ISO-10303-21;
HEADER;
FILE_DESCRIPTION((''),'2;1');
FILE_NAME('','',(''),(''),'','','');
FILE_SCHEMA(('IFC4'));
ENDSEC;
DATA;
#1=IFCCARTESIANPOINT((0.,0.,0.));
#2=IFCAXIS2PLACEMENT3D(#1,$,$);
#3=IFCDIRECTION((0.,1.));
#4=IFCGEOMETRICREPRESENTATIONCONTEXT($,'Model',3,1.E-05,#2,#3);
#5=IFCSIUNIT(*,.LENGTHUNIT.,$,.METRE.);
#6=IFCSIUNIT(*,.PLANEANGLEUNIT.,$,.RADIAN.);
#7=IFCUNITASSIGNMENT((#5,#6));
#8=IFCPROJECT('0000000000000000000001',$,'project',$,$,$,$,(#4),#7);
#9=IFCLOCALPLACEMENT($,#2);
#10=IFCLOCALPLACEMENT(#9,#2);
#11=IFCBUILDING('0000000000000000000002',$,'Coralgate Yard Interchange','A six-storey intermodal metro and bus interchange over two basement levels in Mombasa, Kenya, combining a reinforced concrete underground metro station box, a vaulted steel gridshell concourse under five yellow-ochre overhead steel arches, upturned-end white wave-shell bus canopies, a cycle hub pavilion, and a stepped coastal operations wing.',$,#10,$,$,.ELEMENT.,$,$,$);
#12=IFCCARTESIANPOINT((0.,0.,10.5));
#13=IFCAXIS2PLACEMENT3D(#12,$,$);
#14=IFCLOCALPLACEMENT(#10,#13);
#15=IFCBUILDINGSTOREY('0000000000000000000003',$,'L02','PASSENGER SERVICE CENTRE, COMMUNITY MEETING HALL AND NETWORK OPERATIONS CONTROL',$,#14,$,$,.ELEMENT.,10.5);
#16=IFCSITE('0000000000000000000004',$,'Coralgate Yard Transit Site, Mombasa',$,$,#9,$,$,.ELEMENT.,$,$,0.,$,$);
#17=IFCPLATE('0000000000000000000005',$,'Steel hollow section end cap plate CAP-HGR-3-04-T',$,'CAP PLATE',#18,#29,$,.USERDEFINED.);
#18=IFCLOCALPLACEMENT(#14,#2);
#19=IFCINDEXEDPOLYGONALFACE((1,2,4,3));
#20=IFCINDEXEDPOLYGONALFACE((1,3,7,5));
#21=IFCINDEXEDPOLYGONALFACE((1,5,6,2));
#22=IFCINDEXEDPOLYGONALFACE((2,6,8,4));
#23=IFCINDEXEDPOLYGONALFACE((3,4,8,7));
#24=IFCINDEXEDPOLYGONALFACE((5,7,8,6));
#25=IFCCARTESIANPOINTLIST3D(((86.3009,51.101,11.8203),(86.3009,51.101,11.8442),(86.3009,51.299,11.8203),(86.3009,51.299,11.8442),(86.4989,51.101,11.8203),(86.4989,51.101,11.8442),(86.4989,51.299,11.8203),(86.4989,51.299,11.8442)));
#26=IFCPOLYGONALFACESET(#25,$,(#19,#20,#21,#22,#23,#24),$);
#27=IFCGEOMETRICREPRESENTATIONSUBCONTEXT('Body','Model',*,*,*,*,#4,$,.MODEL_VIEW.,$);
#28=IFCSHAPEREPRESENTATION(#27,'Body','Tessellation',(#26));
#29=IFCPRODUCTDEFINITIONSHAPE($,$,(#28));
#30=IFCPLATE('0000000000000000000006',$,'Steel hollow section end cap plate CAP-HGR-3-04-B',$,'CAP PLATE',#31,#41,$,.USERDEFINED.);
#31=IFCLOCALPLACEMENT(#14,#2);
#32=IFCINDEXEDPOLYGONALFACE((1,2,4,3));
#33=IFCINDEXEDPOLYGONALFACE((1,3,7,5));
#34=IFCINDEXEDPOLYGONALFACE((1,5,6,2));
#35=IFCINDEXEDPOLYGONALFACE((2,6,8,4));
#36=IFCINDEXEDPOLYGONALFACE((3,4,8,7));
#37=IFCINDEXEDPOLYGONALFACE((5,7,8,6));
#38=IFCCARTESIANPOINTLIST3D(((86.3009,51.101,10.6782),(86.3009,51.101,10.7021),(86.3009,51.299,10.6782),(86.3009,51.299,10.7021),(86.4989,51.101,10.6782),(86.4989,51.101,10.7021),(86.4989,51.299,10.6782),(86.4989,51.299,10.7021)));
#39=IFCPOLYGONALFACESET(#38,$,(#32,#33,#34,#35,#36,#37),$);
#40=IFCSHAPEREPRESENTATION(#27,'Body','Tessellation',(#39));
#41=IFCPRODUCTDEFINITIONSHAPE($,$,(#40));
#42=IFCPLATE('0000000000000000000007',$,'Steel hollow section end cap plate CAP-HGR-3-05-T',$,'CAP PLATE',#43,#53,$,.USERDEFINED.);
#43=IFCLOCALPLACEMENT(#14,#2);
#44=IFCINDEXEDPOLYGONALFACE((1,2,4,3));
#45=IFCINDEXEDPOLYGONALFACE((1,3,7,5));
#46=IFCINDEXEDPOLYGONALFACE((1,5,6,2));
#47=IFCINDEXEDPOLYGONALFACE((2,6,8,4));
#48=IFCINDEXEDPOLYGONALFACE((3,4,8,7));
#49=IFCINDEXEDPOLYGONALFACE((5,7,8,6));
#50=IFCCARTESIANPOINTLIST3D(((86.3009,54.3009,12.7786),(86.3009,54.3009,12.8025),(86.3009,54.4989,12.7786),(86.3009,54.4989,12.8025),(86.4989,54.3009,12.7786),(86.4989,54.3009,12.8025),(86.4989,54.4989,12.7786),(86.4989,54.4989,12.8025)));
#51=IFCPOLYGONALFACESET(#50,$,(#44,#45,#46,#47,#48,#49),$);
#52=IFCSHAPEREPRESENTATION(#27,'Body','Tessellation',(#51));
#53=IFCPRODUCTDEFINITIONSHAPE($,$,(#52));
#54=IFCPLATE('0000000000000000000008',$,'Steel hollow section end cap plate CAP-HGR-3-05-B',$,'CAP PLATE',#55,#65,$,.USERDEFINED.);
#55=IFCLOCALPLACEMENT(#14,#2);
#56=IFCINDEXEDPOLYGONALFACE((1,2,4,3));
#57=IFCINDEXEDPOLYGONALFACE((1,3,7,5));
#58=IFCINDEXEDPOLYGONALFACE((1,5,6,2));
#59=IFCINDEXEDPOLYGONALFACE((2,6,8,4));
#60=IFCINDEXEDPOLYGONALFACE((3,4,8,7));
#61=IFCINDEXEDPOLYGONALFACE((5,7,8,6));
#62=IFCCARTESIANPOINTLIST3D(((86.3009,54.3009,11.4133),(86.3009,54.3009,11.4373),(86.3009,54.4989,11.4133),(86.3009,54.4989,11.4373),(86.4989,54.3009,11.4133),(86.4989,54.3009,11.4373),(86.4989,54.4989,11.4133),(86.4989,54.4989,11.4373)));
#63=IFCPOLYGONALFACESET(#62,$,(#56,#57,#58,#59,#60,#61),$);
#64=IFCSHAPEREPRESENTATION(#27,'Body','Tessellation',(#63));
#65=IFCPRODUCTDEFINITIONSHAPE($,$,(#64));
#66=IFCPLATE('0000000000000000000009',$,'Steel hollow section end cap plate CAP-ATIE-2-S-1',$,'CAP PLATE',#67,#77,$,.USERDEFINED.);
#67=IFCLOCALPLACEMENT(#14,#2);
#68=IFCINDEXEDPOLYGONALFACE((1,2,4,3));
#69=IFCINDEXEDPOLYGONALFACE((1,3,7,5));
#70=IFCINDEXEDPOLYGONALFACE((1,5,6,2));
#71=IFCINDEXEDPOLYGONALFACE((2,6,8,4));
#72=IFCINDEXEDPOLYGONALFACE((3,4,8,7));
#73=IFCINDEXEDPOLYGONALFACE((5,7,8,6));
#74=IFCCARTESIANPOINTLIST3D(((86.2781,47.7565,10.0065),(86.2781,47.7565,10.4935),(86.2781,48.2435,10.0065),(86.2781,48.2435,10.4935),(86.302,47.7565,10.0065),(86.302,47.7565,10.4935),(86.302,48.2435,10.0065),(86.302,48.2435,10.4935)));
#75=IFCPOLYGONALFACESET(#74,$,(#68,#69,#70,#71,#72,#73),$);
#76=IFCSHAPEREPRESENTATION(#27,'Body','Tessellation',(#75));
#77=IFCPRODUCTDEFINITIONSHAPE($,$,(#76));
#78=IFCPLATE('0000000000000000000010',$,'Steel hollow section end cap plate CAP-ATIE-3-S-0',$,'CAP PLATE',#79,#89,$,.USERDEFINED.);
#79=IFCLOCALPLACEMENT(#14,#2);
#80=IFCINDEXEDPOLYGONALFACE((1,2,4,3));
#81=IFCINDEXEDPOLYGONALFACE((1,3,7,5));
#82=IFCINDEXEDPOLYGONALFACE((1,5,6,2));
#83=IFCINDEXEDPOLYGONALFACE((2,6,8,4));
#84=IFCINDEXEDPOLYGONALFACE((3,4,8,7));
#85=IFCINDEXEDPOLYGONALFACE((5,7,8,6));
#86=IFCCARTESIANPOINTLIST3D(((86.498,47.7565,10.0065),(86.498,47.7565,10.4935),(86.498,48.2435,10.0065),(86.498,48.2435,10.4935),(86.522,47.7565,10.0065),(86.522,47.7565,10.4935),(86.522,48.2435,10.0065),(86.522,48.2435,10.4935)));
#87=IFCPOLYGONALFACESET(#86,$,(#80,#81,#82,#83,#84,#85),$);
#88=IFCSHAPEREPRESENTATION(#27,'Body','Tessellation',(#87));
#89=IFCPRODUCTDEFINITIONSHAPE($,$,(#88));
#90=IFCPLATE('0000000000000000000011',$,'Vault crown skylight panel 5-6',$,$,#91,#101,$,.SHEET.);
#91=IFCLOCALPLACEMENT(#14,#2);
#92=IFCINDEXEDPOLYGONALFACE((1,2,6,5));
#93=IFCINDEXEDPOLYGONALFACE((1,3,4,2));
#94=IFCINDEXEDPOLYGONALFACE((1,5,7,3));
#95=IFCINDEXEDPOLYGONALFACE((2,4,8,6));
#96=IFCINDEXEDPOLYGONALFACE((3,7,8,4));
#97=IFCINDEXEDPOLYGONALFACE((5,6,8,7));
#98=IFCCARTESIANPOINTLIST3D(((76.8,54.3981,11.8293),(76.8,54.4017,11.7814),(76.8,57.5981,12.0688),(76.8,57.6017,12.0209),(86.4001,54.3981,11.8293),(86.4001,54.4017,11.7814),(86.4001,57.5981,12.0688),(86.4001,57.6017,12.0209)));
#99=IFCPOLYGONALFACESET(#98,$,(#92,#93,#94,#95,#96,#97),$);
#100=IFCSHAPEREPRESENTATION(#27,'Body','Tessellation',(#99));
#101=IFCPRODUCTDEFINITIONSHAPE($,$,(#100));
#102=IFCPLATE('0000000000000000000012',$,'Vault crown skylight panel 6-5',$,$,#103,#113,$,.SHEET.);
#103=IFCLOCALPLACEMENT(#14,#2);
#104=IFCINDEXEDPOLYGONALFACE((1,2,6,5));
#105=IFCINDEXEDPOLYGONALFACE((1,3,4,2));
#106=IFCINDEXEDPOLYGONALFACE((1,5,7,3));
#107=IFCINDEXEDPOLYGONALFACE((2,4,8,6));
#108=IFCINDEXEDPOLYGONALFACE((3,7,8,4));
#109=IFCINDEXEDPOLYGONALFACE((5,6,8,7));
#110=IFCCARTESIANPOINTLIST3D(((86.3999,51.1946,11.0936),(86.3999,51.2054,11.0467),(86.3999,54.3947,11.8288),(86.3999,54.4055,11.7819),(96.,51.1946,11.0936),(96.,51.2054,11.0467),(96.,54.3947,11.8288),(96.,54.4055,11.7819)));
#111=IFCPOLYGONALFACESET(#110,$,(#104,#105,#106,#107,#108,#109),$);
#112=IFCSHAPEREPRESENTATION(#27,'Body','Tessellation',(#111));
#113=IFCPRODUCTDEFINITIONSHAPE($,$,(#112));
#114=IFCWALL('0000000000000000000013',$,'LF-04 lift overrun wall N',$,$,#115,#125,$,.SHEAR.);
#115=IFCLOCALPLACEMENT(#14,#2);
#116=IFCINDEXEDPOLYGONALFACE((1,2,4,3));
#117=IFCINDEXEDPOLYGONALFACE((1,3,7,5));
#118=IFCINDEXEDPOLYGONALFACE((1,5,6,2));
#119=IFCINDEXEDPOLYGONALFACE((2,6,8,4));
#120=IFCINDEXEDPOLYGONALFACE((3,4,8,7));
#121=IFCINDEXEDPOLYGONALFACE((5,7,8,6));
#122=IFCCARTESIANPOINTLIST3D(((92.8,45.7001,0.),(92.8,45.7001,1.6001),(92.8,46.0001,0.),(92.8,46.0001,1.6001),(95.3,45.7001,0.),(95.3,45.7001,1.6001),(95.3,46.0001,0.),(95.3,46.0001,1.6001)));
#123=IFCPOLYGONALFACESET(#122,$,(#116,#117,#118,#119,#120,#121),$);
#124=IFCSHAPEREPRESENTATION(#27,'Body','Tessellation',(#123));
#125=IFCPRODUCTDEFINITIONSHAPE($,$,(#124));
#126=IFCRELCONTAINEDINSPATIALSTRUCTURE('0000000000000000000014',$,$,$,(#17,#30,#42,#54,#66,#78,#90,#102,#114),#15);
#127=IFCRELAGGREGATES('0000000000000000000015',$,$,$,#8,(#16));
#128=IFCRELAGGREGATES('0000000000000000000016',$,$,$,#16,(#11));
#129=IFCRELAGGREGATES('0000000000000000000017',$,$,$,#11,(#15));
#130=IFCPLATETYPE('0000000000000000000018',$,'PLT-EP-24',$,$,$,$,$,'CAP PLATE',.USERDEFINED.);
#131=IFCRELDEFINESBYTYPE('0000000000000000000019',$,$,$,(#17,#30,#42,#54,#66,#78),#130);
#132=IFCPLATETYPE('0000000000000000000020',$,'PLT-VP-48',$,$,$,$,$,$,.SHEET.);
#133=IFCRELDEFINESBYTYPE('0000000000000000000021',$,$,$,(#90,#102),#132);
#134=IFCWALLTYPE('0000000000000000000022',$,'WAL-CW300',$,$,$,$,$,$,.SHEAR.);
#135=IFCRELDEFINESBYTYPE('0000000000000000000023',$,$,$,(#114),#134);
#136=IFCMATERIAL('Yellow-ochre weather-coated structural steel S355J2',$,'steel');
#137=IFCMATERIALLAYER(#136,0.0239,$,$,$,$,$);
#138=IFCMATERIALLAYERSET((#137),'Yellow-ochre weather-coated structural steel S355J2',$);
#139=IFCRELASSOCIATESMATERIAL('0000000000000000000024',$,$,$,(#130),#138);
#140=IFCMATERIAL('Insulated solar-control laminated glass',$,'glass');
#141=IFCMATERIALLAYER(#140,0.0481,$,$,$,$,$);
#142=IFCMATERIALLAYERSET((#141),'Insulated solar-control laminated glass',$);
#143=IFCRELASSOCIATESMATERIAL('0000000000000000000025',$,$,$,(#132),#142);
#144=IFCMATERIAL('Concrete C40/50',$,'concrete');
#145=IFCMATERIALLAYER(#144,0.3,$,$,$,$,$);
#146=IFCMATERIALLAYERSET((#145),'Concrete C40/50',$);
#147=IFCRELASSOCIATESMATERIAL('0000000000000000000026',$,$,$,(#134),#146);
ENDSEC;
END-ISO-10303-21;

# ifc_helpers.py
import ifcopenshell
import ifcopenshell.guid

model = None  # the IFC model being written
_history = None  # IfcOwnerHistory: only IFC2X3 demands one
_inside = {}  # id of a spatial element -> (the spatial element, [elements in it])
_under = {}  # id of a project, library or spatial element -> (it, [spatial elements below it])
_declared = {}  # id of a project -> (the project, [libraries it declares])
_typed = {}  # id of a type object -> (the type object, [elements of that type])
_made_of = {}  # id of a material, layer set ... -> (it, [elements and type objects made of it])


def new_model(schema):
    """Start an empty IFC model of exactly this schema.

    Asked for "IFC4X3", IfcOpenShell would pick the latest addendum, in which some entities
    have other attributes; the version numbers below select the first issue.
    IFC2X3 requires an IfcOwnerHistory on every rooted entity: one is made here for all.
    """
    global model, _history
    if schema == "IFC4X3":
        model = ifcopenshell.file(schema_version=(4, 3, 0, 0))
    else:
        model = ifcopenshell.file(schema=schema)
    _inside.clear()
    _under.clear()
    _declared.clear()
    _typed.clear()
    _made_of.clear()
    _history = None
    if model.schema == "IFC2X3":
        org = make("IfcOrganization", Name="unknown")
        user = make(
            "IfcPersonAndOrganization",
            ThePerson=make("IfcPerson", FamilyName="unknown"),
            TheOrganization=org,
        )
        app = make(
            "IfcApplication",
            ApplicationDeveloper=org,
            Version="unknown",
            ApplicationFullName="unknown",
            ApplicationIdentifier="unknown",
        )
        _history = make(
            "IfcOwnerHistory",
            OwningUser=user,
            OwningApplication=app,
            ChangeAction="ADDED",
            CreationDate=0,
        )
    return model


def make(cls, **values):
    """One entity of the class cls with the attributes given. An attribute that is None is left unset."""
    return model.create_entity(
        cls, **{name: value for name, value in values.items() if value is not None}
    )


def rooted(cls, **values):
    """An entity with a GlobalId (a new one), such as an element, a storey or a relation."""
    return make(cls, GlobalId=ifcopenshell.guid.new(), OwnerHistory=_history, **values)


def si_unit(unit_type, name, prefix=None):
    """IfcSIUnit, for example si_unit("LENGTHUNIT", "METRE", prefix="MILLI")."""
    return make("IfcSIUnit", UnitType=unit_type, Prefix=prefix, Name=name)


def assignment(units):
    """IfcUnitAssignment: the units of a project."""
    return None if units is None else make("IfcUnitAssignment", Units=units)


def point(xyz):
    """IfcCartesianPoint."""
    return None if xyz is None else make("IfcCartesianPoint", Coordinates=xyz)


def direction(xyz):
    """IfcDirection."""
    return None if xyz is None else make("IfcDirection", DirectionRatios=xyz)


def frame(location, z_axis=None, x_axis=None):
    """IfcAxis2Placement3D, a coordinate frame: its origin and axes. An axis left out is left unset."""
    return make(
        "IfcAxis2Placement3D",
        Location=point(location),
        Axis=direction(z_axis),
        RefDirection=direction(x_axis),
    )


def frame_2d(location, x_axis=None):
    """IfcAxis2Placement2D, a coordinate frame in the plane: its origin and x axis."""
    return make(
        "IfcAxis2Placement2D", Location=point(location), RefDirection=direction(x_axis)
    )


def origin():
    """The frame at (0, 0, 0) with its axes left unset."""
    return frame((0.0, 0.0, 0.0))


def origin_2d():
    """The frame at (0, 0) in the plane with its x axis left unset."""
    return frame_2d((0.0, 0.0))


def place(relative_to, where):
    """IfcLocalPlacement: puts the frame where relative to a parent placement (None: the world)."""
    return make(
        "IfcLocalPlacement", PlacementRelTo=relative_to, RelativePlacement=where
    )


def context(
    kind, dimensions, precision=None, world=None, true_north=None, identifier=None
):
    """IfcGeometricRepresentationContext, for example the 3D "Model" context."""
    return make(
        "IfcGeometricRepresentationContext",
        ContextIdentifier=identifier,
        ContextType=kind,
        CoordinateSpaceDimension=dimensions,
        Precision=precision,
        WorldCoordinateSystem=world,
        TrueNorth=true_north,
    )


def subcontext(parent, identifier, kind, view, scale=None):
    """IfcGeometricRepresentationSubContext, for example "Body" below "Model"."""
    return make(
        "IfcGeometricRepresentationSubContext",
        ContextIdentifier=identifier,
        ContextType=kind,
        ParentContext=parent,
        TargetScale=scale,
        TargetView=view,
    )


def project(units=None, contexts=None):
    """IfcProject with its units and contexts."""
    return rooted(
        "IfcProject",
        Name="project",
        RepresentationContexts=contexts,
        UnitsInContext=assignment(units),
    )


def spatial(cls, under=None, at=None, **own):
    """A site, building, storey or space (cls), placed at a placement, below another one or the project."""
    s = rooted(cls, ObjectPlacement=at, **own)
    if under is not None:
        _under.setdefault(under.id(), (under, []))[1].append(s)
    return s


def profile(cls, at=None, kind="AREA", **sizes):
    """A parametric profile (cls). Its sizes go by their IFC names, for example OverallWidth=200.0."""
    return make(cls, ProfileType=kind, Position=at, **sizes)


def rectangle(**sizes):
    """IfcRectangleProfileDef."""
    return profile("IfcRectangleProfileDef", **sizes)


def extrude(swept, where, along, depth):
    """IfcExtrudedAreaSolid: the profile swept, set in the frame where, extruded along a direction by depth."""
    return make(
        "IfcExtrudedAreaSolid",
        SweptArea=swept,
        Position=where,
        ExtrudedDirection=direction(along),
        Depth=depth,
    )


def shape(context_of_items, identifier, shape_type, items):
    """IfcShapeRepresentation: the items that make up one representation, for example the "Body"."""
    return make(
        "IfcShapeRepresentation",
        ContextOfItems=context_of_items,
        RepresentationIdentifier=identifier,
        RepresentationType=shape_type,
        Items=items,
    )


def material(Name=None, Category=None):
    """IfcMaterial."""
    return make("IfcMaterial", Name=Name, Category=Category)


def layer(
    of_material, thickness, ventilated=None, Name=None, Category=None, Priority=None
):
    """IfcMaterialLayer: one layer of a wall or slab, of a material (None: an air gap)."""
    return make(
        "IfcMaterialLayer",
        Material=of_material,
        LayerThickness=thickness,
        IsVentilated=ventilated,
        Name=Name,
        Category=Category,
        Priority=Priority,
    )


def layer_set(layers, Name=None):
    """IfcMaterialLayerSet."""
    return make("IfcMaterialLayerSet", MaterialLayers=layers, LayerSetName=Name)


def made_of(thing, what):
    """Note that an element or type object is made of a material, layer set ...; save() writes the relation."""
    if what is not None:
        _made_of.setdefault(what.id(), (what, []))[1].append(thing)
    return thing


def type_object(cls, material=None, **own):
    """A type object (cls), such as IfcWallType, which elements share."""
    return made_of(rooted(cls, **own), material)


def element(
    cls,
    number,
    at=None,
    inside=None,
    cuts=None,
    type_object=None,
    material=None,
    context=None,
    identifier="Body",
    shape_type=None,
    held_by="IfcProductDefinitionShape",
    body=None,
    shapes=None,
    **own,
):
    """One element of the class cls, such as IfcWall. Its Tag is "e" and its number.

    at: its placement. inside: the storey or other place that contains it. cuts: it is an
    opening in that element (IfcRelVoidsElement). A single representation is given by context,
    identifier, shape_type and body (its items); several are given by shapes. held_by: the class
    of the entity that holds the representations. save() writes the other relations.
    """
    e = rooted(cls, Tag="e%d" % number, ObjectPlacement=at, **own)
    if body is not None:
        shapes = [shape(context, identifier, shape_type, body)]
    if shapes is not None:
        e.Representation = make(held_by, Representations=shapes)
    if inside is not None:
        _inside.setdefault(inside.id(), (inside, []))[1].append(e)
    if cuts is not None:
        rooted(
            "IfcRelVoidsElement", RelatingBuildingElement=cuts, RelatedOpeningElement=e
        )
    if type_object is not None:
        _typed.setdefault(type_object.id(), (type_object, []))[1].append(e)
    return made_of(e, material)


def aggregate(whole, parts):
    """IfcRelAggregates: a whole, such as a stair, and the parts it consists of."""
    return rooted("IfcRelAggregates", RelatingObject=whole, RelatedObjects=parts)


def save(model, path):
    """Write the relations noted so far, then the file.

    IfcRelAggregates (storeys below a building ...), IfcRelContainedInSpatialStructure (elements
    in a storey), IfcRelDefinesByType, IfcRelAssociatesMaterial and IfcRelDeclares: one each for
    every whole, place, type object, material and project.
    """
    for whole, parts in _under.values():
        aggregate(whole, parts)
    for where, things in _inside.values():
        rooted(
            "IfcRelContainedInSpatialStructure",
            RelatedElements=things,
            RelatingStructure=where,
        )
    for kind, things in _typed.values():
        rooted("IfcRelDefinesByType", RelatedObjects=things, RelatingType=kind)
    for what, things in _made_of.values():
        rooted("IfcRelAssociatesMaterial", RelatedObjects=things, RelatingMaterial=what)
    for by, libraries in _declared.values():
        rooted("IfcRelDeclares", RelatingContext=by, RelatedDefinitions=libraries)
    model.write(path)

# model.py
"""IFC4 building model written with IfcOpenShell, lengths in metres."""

from ifc_helpers import new_model, si_unit, direction, frame, frame_2d, origin, origin_2d, place, context, subcontext, project, spatial, rectangle, extrude, material, layer, layer_set, type_object, element, save


model = new_model("IFC4")

# Units and contexts
model_context = context("Model", 3, precision=1e-05, world=origin(), true_north=direction((0.0, 1.0)))
body_context = subcontext(model_context, "Body", "Model", "MODEL_VIEW")
ifc_project = project(units=[si_unit("LENGTHUNIT", "METRE"), si_unit("PLANEANGLEUNIT", "RADIAN")], contexts=[model_context])

# Site, building, storey
site_placement = place(None, origin())
site = spatial("IfcSite", under=ifc_project, at=site_placement, Name="Coralgate Yard Transit Site, Mombasa", CompositionType="ELEMENT", RefElevation=0.0)
building_placement = place(site_placement, origin())
building = spatial("IfcBuilding", under=site, at=building_placement, Name="Coralgate Yard Interchange", Description="A six-storey intermodal metro and bus interchange over two basement levels in Mombasa, Kenya, combining a reinforced concrete underground metro station box, a vaulted steel gridshell concourse under five yellow-ochre overhead steel arches, upturned-end white wave-shell bus canopies, a cycle hub pavilion, and a stepped coastal operations wing.", CompositionType="ELEMENT")
storey_placement = place(building_placement, frame((0.0, 0.0, 10.5)))
storey = spatial("IfcBuildingStorey", under=building, at=storey_placement, Name="L02", Description="PASSENGER SERVICE CENTRE, COMMUNITY MEETING HALL AND NETWORK OPERATIONS CONTROL", CompositionType="ELEMENT", Elevation=10.5)

# Shared definitions
ifc_material_1 = material(Name="Yellow-ochre weather-coated structural steel S355J2", Category="steel")

# Plates
ifc_layer_1 = layer(ifc_material_1, 0.0239)
ifc_layer_set_1 = layer_set([ifc_layer_1], Name="Yellow-ochre weather-coated structural steel S355J2")
plate_type_1 = type_object("IfcPlateType", Name="PLT-EP-24", ElementType="CAP PLATE", PredefinedType="USERDEFINED", material=ifc_layer_set_1)
for number, where, z_axis, x_axis, name in (
    (1, (86.3999, 51.2, 11.8203), (0.0, 0.0, 1.0), (1.0, 0.0, 0.0), "Steel hollow section end cap plate CAP-HGR-3-04-T"),
    (2, (86.3999, 51.2, 10.7021), (0.0, 0.0, -1.0), (1.0, 0.0, 0.0), "Steel hollow section end cap plate CAP-HGR-3-04-B"),
    (3, (86.3999, 54.3999, 12.7786), (0.0, 0.0, 1.0), (1.0, 0.0, 0.0), "Steel hollow section end cap plate CAP-HGR-3-05-T"),
    (4, (86.3999, 54.3999, 11.4373), (0.0, 0.0, -1.0), (1.0, 0.0, 0.0), "Steel hollow section end cap plate CAP-HGR-3-05-B"),
):
    element("IfcPlate", number, at=place(storey_placement, frame(where, z_axis=z_axis, x_axis=x_axis)), inside=storey, type_object=plate_type_1, Name=name, ObjectType="CAP PLATE", PredefinedType="USERDEFINED", context=body_context, shape_type="SweptSolid", body=[
        extrude(rectangle(XDim=0.198, YDim=0.198, at=origin_2d()), origin(), (0.0, 0.0, 1.0), 0.0239),
    ])
for number, where, z_axis, x_axis, name in (
    (5, (86.2781, 48.0, 10.25), (1.0, 0.0, 0.0), (0.0, 1.0, 0.0), "Steel hollow section end cap plate CAP-ATIE-2-S-1"),
    (6, (86.522, 48.0, 10.25), (-1.0, 0.0, 0.0), (0.0, -1.0, 0.0), "Steel hollow section end cap plate CAP-ATIE-3-S-0"),
):
    element("IfcPlate", number, at=place(storey_placement, frame(where, z_axis=z_axis, x_axis=x_axis)), inside=storey, type_object=plate_type_1, Name=name, ObjectType="CAP PLATE", PredefinedType="USERDEFINED", context=body_context, shape_type="SweptSolid", body=[
        extrude(rectangle(XDim=0.4871, YDim=0.4871, at=origin_2d()), origin(), (0.0, 0.0, 1.0), 0.0239),
    ])
ifc_material_2 = material(Name="Insulated solar-control laminated glass", Category="glass")
ifc_layer_2 = layer(ifc_material_2, 0.0481)
ifc_layer_set_2 = layer_set([ifc_layer_2], Name="Insulated solar-control laminated glass")
plate_type_2 = type_object("IfcPlateType", Name="PLT-VP-48", PredefinedType="SHEET", material=ifc_layer_set_2)
plate_1_placement = place(storey_placement, frame((81.6001, 56.0017, 11.9011), z_axis=(0.0, -0.074635, 0.997211), x_axis=(1.0, 0.0, 0.0)))
element("IfcPlate", 7, at=plate_1_placement, inside=storey, type_object=plate_type_2, Name="Vault crown skylight panel 5-6", PredefinedType="SHEET", context=body_context, shape_type="SweptSolid", body=[
    extrude(rectangle(XDim=9.6001, YDim=3.209, at=origin_2d()), origin(), (0.0, 0.0, 1.0), 0.0481),
])
plate_2_placement = place(storey_placement, frame((91.2, 52.8054, 11.4143), z_axis=(0.0, -0.223916, 0.974608), x_axis=(1.0, 0.0, 0.0)))
element("IfcPlate", 8, at=plate_2_placement, inside=storey, type_object=plate_type_2, Name="Vault crown skylight panel 6-5", PredefinedType="SHEET", context=body_context, shape_type="SweptSolid", body=[
    extrude(rectangle(XDim=9.6001, YDim=3.2834, at=origin_2d()), origin(), (0.0, 0.0, 1.0), 0.0481),
])

# Wall
ifc_material_3 = material(Name="Concrete C40/50", Category="concrete")
ifc_layer_3 = layer(ifc_material_3, 0.3)
ifc_layer_set_3 = layer_set([ifc_layer_3], Name="Concrete C40/50")
wall_type = type_object("IfcWallType", Name="WAL-CW300", PredefinedType="SHEAR", material=ifc_layer_set_3)
wall_placement = place(storey_placement, frame((92.8, 45.8501, 0.0), z_axis=(0.0, 0.0, 1.0), x_axis=(1.0, 0.0, 0.0)))
element("IfcWall", 9, at=wall_placement, inside=storey, type_object=wall_type, Name="LF-04 lift overrun wall N", PredefinedType="SHEAR", context=body_context, shape_type="SweptSolid", body=[
    extrude(rectangle(XDim=2.5, YDim=0.3, at=frame_2d((1.25, 0.0))), origin(), (0.0, 0.0, 1.0), 1.6001),
])

save(model, "model.ifc")
